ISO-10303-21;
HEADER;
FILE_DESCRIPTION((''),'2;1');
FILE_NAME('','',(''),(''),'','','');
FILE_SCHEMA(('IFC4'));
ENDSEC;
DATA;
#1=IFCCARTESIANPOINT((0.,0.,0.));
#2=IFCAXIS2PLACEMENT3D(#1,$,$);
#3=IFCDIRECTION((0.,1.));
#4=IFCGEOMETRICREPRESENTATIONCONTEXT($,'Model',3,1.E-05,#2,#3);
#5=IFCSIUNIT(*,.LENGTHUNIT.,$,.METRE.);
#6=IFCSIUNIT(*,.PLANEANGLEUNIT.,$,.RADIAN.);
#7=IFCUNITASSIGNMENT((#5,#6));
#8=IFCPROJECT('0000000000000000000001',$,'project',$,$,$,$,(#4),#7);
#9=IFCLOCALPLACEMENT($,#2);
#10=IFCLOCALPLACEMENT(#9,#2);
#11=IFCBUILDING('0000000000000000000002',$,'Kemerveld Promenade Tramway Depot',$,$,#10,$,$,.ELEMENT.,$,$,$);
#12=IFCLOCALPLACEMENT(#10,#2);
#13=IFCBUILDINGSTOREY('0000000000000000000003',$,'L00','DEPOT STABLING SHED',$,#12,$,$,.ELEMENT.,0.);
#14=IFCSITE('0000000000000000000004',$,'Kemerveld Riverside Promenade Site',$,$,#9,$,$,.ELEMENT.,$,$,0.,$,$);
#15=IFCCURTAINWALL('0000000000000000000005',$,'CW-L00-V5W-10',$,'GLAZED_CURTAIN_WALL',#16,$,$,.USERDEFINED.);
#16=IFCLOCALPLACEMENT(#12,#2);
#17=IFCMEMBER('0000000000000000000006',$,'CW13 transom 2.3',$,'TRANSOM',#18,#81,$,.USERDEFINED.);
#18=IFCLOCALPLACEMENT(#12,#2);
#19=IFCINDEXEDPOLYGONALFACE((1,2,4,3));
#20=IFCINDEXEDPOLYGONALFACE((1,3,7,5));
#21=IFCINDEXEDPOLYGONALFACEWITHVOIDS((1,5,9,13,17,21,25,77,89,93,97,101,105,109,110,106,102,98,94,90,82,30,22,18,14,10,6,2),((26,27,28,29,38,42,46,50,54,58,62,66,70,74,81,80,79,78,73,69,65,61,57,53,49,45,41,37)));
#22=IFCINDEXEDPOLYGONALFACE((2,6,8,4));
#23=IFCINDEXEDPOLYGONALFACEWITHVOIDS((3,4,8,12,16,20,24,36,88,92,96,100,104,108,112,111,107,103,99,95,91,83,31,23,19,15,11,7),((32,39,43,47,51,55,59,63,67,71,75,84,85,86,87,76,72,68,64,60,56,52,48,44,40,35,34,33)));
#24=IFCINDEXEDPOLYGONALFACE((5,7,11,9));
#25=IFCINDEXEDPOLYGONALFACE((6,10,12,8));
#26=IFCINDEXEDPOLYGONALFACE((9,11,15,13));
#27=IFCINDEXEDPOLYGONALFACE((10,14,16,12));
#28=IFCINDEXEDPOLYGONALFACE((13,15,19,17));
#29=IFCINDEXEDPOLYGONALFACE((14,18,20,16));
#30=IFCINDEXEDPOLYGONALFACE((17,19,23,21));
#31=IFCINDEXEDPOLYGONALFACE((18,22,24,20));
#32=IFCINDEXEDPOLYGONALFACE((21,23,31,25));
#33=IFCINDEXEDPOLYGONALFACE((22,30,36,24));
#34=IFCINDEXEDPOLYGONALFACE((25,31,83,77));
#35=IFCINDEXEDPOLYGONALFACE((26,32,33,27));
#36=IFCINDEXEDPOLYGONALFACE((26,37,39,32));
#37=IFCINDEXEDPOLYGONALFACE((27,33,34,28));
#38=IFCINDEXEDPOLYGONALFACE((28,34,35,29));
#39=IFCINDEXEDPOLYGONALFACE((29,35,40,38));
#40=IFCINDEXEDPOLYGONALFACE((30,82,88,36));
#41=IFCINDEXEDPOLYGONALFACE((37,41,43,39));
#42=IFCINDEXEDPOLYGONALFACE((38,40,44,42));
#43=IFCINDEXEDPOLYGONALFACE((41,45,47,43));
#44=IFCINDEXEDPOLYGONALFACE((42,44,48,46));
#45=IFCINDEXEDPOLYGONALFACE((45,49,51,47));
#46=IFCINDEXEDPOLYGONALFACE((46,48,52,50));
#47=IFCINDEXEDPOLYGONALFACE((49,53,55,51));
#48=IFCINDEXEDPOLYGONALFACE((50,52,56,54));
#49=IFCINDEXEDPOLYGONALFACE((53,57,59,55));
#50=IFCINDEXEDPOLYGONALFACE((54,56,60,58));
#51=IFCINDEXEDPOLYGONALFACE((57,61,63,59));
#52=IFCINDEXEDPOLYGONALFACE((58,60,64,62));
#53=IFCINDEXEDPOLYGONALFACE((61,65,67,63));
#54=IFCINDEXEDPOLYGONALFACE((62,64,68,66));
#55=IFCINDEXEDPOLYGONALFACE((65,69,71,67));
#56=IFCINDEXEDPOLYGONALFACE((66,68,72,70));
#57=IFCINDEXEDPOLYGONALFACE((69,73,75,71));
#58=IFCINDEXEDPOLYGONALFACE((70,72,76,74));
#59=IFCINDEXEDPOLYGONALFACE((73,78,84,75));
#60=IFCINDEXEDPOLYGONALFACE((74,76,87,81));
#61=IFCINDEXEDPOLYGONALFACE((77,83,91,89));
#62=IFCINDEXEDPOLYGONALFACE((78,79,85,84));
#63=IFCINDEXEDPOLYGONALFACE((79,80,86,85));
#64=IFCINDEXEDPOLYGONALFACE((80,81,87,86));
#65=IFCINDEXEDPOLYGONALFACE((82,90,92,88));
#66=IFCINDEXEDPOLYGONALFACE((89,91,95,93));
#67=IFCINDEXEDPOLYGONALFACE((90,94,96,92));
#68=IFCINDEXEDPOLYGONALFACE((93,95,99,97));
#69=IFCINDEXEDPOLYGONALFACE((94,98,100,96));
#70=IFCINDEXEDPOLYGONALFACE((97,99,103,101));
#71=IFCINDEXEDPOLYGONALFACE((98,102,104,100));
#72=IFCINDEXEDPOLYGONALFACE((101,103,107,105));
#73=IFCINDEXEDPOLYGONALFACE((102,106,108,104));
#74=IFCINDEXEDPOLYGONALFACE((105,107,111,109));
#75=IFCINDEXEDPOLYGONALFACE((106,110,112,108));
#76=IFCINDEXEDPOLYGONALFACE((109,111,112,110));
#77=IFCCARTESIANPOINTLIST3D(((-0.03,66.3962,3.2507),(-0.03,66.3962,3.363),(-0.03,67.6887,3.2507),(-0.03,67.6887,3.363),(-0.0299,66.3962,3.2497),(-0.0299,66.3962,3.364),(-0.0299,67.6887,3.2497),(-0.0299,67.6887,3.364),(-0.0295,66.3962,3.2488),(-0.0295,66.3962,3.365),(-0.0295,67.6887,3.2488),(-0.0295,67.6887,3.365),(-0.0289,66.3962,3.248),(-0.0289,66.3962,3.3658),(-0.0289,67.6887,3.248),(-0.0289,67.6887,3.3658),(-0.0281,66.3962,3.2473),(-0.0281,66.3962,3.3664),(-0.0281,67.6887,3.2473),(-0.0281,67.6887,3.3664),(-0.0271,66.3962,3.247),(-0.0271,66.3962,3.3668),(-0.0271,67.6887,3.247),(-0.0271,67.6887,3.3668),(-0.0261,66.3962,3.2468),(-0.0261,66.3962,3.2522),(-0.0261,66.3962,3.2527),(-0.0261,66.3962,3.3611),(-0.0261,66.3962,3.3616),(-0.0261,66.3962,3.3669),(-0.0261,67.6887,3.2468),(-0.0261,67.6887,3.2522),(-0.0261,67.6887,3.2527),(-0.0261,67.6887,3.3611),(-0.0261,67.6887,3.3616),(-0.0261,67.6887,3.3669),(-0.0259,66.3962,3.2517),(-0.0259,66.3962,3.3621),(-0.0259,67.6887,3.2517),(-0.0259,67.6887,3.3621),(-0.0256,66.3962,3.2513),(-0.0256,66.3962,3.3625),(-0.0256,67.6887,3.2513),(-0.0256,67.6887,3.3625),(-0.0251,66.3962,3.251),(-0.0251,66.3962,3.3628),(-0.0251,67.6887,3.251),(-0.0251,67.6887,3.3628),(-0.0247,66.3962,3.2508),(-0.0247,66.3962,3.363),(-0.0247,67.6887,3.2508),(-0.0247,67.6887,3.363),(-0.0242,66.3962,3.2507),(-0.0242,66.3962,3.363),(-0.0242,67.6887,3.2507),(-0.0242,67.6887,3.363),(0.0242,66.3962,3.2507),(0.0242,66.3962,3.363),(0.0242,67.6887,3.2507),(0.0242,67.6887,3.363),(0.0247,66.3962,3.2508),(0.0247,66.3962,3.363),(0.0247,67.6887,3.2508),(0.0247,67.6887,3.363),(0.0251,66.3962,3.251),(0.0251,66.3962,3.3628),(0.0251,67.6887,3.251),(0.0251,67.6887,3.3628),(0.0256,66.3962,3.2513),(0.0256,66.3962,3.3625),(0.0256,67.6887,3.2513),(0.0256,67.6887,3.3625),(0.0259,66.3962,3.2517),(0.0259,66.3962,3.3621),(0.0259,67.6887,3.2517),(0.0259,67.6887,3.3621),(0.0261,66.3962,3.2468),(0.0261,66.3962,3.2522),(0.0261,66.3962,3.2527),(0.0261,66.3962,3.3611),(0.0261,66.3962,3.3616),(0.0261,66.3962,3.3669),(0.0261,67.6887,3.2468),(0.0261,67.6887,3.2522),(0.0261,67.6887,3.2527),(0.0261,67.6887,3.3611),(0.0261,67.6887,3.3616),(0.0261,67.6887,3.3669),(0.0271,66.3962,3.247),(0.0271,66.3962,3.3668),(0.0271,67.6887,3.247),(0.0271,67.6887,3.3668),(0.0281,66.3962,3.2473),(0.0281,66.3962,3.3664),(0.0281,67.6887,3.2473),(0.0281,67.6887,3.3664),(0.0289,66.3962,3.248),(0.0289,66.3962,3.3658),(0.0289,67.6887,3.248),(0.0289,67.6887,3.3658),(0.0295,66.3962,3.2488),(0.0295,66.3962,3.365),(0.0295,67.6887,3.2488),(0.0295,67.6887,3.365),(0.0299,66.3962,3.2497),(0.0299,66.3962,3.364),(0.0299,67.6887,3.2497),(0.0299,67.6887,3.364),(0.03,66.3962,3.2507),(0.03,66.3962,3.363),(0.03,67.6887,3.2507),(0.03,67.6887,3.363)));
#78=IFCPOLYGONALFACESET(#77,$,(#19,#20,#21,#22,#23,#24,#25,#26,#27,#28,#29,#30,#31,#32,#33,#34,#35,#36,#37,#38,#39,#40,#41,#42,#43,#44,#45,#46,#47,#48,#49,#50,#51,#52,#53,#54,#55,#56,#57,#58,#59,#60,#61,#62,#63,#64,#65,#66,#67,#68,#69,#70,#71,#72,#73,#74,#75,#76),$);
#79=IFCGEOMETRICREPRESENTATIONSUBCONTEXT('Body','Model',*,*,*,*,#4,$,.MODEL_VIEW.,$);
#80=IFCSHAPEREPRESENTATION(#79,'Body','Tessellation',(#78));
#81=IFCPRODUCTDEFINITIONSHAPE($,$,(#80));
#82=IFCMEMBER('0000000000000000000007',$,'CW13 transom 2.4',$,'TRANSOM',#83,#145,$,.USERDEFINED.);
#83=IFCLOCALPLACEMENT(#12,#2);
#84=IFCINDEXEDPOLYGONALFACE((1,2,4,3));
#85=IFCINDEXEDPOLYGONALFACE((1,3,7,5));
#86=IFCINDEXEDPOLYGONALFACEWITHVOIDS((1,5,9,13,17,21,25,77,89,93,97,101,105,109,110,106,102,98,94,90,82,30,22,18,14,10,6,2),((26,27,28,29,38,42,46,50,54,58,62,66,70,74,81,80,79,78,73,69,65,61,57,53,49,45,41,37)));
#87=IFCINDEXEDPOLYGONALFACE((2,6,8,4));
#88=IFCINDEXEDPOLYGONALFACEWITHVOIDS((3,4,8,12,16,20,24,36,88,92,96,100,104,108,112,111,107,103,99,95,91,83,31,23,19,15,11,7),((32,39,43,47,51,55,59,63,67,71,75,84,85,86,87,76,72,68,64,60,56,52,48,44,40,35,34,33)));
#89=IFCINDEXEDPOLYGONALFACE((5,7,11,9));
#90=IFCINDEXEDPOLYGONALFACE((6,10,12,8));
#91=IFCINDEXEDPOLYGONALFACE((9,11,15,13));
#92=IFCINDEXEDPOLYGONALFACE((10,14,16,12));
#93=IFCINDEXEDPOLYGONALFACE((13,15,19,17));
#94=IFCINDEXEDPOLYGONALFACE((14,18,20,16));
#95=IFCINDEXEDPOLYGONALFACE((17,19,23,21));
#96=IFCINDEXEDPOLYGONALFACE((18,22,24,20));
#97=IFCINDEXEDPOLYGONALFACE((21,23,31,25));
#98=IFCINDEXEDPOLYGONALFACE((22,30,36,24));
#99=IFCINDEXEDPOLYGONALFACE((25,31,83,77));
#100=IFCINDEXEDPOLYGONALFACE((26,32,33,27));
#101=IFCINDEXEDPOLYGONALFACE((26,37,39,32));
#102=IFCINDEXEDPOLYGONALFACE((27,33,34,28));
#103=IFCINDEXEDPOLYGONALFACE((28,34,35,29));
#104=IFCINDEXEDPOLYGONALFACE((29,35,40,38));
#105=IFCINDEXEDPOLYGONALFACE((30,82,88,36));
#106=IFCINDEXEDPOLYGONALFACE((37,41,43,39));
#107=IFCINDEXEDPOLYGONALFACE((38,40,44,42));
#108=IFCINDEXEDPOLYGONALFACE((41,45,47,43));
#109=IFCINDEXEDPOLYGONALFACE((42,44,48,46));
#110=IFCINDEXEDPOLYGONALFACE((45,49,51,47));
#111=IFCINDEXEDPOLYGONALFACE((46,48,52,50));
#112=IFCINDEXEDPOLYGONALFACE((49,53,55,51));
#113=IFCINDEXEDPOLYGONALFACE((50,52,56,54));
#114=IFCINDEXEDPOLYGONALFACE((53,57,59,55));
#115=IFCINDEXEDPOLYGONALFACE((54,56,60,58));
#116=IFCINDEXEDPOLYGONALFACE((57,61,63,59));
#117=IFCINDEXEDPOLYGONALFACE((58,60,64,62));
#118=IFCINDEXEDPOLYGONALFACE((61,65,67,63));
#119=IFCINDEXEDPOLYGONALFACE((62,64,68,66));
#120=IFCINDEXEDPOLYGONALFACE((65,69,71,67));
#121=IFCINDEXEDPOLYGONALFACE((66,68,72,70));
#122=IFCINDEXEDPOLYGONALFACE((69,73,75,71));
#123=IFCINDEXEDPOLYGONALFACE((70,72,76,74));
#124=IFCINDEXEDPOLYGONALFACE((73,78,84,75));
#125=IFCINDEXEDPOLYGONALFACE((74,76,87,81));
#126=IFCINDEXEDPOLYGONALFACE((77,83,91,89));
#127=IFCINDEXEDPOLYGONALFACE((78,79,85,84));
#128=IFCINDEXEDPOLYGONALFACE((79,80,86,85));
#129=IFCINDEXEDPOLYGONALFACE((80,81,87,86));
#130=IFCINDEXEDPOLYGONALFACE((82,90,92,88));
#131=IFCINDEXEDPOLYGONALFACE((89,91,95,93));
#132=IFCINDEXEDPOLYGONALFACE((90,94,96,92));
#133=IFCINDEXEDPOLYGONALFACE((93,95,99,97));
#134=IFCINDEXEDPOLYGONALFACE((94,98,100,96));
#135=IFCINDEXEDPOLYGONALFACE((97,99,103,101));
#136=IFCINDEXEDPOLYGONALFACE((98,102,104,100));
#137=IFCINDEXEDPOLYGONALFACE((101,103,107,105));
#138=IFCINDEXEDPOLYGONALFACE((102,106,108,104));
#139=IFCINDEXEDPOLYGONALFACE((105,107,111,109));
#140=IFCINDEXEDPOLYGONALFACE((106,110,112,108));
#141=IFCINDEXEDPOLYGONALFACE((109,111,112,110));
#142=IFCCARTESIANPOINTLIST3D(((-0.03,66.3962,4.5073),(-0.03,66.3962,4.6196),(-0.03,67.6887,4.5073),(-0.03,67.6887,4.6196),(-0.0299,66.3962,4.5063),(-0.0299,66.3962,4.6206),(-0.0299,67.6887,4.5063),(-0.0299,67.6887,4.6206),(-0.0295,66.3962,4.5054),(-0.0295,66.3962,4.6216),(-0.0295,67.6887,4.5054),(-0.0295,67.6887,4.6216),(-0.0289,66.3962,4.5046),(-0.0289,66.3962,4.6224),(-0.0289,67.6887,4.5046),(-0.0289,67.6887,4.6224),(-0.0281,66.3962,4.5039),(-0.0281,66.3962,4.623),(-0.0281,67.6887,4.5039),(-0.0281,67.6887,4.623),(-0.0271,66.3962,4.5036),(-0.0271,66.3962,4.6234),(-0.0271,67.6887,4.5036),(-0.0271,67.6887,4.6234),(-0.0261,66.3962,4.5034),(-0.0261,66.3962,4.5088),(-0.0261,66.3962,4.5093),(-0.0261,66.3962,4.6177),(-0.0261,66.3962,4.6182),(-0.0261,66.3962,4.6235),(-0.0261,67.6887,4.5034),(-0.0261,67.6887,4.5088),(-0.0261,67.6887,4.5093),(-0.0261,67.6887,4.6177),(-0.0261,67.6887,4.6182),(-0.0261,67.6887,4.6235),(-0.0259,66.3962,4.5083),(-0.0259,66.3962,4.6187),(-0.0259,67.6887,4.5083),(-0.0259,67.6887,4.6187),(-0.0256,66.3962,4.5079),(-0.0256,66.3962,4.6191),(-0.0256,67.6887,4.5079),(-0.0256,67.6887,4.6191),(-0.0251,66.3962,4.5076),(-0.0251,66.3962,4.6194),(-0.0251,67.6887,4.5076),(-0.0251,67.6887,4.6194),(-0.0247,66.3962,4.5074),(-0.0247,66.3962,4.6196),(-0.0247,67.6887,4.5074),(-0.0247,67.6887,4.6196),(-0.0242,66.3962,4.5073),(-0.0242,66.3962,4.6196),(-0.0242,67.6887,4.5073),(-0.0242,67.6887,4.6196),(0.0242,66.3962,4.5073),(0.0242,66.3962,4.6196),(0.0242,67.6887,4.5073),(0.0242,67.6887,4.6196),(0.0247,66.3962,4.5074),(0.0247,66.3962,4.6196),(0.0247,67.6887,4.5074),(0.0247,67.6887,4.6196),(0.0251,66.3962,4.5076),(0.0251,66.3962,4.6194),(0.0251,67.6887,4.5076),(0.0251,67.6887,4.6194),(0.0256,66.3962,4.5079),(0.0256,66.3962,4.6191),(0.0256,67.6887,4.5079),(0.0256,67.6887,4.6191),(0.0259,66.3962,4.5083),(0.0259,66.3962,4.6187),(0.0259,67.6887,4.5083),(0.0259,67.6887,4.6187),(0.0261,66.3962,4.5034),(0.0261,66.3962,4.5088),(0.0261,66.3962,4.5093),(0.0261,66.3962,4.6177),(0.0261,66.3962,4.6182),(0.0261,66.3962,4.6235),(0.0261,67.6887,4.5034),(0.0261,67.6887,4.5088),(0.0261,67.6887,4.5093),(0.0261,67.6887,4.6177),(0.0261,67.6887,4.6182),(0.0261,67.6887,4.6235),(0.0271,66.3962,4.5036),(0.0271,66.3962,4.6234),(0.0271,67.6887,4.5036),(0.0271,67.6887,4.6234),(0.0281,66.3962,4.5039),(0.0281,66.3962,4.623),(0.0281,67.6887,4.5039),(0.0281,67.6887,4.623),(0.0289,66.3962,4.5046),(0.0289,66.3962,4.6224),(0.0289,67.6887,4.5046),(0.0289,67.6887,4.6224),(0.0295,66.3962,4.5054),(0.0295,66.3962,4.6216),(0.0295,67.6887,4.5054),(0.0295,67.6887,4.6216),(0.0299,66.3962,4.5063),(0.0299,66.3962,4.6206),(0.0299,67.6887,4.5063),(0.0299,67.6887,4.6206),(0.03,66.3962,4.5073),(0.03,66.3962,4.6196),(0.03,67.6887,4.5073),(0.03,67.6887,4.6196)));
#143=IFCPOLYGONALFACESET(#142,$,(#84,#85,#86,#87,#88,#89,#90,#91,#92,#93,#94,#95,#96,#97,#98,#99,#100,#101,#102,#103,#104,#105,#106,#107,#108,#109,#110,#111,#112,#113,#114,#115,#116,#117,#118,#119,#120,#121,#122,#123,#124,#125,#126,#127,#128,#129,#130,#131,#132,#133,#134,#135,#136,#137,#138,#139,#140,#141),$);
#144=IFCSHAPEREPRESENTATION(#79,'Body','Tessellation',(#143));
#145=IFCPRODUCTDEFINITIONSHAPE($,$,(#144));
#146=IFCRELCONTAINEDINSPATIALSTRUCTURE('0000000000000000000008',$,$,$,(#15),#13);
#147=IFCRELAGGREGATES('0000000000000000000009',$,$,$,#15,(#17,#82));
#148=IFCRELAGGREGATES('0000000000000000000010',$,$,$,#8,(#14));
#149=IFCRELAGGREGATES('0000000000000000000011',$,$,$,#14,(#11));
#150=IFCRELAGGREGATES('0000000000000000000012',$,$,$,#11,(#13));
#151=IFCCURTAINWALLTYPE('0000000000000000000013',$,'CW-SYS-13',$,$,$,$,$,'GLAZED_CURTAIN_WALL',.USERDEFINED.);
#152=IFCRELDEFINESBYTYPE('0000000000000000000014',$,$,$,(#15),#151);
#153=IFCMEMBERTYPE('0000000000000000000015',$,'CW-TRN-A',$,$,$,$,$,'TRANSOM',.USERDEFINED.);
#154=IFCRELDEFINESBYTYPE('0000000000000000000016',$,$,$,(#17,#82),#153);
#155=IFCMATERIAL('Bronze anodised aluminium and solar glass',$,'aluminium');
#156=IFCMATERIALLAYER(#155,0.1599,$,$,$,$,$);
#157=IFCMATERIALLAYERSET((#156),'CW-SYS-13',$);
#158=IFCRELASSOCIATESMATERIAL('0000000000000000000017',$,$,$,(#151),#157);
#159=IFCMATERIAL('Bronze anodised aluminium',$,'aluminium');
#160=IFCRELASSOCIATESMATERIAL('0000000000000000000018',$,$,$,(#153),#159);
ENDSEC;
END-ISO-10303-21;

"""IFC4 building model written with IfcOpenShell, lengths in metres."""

from ifc_helpers import new_model, si_unit, direction, frame, origin, origin_2d, place, context, subcontext, project, spatial, hollow_rectangle, extrude, material, layer, layer_set, material_profile, profile_set, type_object, element, aggregate, save


model = new_model("IFC4")

# Units and contexts
model_context = context("Model", 3, precision=1e-05, world=origin(), true_north=direction((0.0, 1.0)))
body_context = subcontext(model_context, "Body", "Model", "MODEL_VIEW")
ifc_project = project(units=[si_unit("LENGTHUNIT", "METRE"), si_unit("PLANEANGLEUNIT", "RADIAN")], contexts=[model_context])

# Site, building, storey
site_placement = place(None, origin())
site = spatial("IfcSite", under=ifc_project, at=site_placement, Name="Kemerveld Riverside Promenade Site", CompositionType="ELEMENT", RefElevation=0.0)
building_placement = place(site_placement, origin())
building = spatial("IfcBuilding", under=site, at=building_placement, Name="Kemerveld Promenade Tramway Depot", CompositionType="ELEMENT")
storey_placement = place(building_placement, origin())
storey = spatial("IfcBuildingStorey", under=building, at=storey_placement, Name="L00", Description="DEPOT STABLING SHED", CompositionType="ELEMENT", Elevation=0.0)

# Curtain wall, members
ifc_material_1 = material(Name="Bronze anodised aluminium and solar glass", Category="aluminium")
ifc_layer_1 = layer(ifc_material_1, 0.1599)
ifc_layer_set_1 = layer_set([ifc_layer_1], Name="CW-SYS-13")
curtain_wall_type = type_object("IfcCurtainWallType", Name="CW-SYS-13", ElementType="GLAZED_CURTAIN_WALL", PredefinedType="USERDEFINED", material=ifc_layer_set_1)
curtain_wall_placement = place(storey_placement, origin())
curtain_wall = element("IfcCurtainWall", 1, at=curtain_wall_placement, inside=storey, type_object=curtain_wall_type, Name="CW-L00-V5W-10", ObjectType="GLAZED_CURTAIN_WALL", PredefinedType="USERDEFINED")
ifc_material_2 = material(Name="Bronze anodised aluminium", Category="aluminium")
ifc_material_profile_1 = material_profile(ifc_material_2, hollow_rectangle(XDim=0.0601, YDim=0.1201, WallThickness=0.0039, InnerFilletRadius=0.002, OuterFilletRadius=0.0039, at=origin_2d()), Name="CW-TRN-120x60")
ifc_profile_set_1 = profile_set([ifc_material_profile_1], Name="Bronze anodised aluminium")
member_type_1 = type_object("IfcMemberType", Name="CW-TRN-A", ElementType="TRANSOM", PredefinedType="USERDEFINED", material=ifc_profile_set_1)
member_1_placement = place(storey_placement, frame((0.0, 66.3962, 3.3069), z_axis=(0.0, 1.0, 0.0), x_axis=(-1.0, 0.0, 0.0)))
member_1 = element("IfcMember", 2, at=member_1_placement, type_object=member_type_1, Name="CW13 transom 2.3", ObjectType="TRANSOM", PredefinedType="USERDEFINED", context=body_context, shape_type="SweptSolid", body=[
    extrude(hollow_rectangle(XDim=0.0601, YDim=0.1201, WallThickness=0.0039, InnerFilletRadius=0.002, OuterFilletRadius=0.0039, at=origin_2d()), origin(), (0.0, 0.0, 1.0), 1.2925),
])
member_2_placement = place(storey_placement, frame((0.0, 66.3962, 4.5635), z_axis=(0.0, 1.0, 0.0), x_axis=(-1.0, 0.0, 0.0)))
member_2 = element("IfcMember", 3, at=member_2_placement, type_object=member_type_1, Name="CW13 transom 2.4", ObjectType="TRANSOM", PredefinedType="USERDEFINED", context=body_context, shape_type="SweptSolid", body=[
    extrude(hollow_rectangle(XDim=0.0601, YDim=0.1201, WallThickness=0.0039, InnerFilletRadius=0.002, OuterFilletRadius=0.0039, at=origin_2d()), origin(), (0.0, 0.0, 1.0), 1.2925),
])
aggregate(curtain_wall, [member_1, member_2])

save(model, "model.ifc")
